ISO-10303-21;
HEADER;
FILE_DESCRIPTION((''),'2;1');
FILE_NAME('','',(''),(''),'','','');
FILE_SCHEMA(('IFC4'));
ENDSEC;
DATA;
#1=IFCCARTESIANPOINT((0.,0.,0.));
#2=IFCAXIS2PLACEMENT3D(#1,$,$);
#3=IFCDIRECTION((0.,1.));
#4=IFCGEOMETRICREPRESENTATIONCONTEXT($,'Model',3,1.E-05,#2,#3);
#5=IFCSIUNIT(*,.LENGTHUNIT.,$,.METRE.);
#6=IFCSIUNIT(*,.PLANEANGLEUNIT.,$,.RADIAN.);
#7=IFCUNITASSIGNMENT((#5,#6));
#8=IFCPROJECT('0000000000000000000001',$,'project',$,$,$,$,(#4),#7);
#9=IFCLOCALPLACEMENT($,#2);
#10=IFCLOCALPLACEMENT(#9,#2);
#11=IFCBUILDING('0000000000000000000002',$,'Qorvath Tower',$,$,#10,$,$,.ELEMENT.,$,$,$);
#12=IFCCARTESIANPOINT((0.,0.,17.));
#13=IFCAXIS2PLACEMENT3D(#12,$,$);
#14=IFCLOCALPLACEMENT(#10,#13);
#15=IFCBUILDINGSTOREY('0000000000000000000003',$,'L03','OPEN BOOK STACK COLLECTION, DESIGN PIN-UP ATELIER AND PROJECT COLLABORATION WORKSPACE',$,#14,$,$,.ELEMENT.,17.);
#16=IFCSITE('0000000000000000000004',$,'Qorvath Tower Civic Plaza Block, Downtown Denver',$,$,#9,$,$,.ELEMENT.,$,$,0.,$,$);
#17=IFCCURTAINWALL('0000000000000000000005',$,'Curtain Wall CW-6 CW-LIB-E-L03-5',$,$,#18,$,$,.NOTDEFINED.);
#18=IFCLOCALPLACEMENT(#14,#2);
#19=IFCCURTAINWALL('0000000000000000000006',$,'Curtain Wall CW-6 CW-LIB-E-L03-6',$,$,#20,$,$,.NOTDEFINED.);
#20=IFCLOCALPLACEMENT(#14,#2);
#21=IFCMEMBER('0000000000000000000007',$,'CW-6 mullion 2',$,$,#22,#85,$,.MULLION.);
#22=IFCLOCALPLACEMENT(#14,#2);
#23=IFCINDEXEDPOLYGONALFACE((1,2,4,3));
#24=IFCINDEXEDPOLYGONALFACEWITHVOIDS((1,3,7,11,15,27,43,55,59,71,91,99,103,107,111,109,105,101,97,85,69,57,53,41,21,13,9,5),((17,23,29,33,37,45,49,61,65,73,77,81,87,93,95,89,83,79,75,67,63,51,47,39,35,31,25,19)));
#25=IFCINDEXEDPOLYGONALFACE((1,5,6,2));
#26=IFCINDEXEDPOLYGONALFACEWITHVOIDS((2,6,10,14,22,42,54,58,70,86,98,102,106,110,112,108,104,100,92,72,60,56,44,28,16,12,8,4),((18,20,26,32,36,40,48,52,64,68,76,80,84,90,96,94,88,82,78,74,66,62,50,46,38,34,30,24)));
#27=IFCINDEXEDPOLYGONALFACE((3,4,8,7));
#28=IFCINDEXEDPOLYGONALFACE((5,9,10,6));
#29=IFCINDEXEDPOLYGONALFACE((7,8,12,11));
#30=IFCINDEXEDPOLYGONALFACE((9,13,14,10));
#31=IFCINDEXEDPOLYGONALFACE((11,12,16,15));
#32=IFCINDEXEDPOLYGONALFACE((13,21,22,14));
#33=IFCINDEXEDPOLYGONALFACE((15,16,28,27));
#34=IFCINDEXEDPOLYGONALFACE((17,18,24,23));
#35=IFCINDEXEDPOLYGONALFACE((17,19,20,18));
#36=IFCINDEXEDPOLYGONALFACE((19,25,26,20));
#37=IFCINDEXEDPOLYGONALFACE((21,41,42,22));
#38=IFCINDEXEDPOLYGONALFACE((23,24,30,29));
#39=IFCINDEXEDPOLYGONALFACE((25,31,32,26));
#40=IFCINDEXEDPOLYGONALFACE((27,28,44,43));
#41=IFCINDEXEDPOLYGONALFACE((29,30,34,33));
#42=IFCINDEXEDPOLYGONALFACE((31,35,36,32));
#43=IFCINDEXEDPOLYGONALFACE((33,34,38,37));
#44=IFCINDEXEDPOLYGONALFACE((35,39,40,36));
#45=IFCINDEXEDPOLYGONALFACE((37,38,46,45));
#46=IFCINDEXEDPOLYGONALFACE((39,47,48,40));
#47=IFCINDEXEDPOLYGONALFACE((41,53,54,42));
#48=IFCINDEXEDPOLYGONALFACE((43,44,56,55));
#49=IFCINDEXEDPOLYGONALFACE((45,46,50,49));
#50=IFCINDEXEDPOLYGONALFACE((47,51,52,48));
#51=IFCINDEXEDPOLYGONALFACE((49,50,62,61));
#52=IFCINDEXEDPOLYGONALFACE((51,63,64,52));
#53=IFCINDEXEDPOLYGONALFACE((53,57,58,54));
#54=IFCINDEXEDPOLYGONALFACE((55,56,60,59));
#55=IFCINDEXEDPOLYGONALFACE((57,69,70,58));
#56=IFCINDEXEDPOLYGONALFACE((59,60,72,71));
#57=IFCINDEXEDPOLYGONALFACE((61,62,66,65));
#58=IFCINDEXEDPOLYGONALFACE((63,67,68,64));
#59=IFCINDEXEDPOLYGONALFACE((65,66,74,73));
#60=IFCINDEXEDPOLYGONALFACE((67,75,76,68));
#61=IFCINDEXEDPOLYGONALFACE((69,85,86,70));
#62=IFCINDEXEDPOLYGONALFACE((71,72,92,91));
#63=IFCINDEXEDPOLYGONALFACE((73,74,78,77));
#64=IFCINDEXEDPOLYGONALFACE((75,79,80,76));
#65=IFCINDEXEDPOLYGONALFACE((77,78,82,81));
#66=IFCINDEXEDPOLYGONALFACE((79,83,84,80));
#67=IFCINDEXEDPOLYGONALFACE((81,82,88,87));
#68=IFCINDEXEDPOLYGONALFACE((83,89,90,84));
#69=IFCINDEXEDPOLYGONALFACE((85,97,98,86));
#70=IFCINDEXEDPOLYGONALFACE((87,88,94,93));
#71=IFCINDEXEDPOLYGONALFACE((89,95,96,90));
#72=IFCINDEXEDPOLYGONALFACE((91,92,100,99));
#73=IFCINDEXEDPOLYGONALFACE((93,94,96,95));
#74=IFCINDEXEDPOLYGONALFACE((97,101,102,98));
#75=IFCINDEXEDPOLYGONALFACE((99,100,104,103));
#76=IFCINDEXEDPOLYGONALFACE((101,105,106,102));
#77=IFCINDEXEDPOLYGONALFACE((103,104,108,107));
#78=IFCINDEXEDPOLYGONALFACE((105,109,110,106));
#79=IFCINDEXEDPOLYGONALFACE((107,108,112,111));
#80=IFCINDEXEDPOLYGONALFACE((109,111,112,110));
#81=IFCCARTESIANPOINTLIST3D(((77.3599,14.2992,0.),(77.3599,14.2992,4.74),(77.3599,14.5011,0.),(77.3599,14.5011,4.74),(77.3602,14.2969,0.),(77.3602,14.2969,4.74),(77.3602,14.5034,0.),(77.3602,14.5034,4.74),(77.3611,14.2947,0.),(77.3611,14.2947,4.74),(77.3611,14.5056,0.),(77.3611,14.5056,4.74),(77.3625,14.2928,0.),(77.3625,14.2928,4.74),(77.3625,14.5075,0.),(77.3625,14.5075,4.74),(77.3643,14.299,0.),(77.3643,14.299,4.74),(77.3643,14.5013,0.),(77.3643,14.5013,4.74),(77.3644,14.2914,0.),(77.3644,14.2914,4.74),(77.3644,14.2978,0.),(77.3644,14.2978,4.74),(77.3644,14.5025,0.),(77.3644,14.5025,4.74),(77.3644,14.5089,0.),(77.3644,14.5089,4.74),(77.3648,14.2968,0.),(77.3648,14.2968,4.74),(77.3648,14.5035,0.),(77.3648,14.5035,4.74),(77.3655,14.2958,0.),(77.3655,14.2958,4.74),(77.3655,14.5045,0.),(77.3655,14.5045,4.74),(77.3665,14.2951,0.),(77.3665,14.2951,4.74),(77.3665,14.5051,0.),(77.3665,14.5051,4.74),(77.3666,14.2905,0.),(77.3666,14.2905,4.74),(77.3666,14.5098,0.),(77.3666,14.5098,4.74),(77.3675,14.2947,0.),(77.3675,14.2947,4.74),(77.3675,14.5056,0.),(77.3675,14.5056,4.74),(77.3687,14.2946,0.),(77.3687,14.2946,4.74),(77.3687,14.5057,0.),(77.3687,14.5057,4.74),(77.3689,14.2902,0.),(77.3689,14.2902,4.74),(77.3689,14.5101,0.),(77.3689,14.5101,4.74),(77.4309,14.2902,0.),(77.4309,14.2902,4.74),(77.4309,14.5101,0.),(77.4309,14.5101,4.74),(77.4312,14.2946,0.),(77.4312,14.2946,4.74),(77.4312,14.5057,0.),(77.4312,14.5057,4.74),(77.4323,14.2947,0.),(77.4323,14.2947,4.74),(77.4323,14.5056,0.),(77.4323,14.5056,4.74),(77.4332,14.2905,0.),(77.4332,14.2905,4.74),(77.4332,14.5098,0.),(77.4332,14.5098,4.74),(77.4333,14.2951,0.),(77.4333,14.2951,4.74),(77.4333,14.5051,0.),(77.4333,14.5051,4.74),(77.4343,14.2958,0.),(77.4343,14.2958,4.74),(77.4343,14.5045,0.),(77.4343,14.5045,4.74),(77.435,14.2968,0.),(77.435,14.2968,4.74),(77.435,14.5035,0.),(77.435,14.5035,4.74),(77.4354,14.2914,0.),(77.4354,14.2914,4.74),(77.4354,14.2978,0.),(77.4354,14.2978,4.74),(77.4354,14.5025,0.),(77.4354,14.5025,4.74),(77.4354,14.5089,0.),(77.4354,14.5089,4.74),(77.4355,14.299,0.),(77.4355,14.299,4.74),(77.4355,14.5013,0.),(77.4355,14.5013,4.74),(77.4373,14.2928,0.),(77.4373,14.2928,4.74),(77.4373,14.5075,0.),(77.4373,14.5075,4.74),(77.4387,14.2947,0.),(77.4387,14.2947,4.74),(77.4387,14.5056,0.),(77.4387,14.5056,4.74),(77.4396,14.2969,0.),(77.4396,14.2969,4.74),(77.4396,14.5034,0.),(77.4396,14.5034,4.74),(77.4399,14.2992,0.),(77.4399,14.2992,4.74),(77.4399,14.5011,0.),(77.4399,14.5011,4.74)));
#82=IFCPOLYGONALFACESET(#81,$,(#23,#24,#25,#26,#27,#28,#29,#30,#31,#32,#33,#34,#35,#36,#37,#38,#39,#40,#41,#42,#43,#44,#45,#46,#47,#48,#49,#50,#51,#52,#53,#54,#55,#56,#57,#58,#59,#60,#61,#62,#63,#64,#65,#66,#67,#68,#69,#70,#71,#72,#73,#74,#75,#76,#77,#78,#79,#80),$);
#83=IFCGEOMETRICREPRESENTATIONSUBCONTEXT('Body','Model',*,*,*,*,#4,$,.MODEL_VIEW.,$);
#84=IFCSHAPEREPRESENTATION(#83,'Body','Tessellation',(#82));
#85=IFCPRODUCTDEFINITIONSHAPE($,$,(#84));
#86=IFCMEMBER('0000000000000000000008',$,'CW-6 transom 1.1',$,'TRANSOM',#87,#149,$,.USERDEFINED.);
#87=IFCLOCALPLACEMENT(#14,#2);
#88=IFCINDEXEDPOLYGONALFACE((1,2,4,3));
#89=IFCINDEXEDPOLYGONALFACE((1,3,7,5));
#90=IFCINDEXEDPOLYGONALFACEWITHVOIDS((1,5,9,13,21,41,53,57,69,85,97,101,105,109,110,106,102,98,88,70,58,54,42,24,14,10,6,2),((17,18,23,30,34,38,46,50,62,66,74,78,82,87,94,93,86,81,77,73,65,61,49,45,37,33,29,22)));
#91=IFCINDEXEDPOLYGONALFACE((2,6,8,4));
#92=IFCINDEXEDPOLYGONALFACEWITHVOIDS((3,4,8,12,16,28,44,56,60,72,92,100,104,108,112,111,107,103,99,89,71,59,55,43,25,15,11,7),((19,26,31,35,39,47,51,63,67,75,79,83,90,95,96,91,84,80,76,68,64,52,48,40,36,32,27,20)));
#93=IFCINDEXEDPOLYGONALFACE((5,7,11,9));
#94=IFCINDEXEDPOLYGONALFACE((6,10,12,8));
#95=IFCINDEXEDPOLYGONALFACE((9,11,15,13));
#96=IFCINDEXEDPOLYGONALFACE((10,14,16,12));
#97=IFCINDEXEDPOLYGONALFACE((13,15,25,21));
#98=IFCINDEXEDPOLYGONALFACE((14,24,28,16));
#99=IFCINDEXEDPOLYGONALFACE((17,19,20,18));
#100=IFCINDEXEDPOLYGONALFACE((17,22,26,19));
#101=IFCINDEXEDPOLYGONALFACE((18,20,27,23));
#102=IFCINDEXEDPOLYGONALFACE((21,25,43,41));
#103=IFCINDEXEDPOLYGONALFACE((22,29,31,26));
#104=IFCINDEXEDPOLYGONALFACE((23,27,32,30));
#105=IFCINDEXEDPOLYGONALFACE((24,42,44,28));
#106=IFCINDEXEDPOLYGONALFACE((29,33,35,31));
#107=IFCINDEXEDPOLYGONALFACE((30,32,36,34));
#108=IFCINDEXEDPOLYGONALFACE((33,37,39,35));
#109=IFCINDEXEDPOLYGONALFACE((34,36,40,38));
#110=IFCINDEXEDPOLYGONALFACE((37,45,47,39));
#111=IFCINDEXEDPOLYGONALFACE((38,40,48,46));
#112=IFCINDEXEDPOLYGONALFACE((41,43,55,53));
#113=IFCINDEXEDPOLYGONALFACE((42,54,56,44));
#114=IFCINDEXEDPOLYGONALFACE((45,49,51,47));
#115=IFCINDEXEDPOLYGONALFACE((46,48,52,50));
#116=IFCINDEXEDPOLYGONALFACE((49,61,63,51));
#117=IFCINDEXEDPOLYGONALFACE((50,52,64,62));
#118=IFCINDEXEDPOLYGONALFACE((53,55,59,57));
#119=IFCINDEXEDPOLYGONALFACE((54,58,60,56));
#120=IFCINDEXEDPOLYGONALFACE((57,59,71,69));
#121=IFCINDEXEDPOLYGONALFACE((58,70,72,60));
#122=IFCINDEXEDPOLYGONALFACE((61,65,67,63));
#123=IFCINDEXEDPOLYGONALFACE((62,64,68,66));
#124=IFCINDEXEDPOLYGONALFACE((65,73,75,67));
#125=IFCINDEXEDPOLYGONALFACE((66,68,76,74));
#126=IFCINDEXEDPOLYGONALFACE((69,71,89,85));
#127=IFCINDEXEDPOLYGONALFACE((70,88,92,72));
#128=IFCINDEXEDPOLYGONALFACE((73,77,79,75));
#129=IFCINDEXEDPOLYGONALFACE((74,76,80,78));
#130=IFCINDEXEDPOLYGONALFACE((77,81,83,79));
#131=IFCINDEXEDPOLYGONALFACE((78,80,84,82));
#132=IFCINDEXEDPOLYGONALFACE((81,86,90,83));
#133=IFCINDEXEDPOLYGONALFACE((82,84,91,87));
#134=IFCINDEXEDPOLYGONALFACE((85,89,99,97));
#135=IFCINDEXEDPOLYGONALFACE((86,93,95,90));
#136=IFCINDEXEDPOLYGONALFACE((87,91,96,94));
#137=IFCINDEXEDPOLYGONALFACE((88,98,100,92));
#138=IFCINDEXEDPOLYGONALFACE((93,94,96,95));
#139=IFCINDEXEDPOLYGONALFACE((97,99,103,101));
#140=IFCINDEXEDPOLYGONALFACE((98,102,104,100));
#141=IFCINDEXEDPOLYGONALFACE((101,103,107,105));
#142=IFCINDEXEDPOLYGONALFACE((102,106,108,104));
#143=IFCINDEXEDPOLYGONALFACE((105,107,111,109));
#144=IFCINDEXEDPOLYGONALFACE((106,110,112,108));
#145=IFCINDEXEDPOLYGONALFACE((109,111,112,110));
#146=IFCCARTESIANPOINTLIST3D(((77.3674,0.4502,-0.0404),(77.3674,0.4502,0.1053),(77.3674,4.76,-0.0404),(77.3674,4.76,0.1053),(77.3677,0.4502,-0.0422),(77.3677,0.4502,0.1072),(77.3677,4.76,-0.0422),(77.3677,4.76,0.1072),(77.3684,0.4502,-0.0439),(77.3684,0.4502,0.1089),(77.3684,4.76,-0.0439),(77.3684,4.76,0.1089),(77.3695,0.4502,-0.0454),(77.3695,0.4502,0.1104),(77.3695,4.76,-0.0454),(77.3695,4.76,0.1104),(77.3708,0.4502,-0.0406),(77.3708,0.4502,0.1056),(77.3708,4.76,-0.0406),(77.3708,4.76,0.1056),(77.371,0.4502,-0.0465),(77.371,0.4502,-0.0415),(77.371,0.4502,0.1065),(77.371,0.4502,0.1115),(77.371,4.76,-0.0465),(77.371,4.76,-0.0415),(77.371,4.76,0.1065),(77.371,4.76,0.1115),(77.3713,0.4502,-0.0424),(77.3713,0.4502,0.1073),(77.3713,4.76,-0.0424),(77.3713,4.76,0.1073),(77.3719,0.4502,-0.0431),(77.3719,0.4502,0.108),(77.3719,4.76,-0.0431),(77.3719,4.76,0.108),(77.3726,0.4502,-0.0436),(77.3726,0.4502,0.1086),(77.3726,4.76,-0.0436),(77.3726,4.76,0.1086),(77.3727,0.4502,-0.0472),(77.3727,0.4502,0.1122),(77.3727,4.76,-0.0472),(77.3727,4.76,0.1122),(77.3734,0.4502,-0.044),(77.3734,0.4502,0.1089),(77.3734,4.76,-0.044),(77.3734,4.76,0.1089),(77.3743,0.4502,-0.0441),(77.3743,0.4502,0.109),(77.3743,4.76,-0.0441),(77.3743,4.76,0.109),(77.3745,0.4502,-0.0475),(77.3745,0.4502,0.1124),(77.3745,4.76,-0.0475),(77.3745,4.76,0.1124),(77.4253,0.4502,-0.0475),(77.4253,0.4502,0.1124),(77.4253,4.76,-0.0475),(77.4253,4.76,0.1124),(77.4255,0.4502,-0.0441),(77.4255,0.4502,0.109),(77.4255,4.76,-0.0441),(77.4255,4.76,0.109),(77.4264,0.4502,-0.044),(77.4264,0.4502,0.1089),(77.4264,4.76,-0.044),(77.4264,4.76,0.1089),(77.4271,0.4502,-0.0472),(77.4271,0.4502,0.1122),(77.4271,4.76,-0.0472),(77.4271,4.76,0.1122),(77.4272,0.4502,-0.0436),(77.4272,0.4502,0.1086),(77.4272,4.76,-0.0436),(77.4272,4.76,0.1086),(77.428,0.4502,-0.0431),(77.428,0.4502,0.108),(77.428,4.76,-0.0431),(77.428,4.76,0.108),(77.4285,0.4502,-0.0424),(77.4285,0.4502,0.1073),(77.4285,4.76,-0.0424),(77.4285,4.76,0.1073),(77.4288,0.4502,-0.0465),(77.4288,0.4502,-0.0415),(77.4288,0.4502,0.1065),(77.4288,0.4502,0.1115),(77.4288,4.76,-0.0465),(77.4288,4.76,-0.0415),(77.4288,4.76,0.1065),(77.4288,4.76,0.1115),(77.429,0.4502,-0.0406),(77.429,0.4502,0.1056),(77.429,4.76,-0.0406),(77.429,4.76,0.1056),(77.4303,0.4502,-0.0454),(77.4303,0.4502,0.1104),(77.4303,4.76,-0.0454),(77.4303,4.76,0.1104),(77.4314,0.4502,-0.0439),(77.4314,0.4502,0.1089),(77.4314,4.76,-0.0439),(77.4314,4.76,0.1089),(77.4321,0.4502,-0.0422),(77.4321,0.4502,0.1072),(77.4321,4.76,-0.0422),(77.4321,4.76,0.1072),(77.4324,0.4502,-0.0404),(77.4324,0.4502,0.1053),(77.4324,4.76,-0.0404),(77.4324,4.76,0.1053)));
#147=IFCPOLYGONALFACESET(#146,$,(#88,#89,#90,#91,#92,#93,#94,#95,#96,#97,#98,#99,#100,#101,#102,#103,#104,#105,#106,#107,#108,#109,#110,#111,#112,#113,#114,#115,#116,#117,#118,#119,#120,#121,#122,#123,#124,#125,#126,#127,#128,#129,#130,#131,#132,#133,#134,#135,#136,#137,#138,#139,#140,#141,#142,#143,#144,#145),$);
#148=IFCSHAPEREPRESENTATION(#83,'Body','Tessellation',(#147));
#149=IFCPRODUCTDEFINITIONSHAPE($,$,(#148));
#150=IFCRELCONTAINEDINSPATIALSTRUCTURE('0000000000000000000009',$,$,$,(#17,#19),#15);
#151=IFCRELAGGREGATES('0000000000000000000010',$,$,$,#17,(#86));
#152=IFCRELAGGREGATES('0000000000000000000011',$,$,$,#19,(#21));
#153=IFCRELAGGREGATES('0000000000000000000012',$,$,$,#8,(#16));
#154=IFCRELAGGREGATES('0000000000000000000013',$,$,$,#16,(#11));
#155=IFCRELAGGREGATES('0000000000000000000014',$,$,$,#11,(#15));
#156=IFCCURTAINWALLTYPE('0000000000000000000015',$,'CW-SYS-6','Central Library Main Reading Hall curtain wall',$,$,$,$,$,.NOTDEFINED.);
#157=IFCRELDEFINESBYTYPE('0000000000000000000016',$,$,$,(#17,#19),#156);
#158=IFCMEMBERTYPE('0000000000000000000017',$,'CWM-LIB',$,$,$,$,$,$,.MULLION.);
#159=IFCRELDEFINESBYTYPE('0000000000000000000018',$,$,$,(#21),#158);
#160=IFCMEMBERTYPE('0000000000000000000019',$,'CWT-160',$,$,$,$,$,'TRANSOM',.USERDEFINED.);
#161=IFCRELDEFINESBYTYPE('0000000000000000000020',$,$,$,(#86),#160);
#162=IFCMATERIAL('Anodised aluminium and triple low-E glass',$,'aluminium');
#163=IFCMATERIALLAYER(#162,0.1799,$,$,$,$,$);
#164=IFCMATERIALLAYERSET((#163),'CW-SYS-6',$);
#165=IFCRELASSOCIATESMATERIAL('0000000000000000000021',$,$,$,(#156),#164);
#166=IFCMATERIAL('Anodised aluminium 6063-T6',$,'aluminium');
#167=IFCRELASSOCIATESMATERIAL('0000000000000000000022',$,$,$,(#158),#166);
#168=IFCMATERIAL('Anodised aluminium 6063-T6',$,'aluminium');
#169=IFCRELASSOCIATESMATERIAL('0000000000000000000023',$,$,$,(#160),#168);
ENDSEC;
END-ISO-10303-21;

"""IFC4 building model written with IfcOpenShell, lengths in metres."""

from ifc_helpers import new_model, si_unit, direction, frame, origin, origin_2d, place, context, subcontext, project, spatial, hollow_rectangle, extrude, material, layer, layer_set, material_profile, profile_set, type_object, element, aggregate, save


model = new_model("IFC4")

# Units and contexts
model_context = context("Model", 3, precision=1e-05, world=origin(), true_north=direction((0.0, 1.0)))
body_context = subcontext(model_context, "Body", "Model", "MODEL_VIEW")
ifc_project = project(units=[si_unit("LENGTHUNIT", "METRE"), si_unit("PLANEANGLEUNIT", "RADIAN")], contexts=[model_context])

# Site, building, storey
site_placement = place(None, origin())
site = spatial("IfcSite", under=ifc_project, at=site_placement, Name="Qorvath Tower Civic Plaza Block, Downtown Denver", CompositionType="ELEMENT", RefElevation=0.0)
building_placement = place(site_placement, origin())
building = spatial("IfcBuilding", under=site, at=building_placement, Name="Qorvath Tower", CompositionType="ELEMENT")
storey_placement = place(building_placement, frame((0.0, 0.0, 17.0)))
storey = spatial("IfcBuildingStorey", under=building, at=storey_placement, Name="L03", Description="OPEN BOOK STACK COLLECTION, DESIGN PIN-UP ATELIER AND PROJECT COLLABORATION WORKSPACE", CompositionType="ELEMENT", Elevation=17.0)

# Curtain walls, member
ifc_material_1 = material(Name="Anodised aluminium and triple low-E glass", Category="aluminium")
ifc_layer_1 = layer(ifc_material_1, 0.1799)
ifc_layer_set_1 = layer_set([ifc_layer_1], Name="CW-SYS-6")
curtain_wall_type = type_object("IfcCurtainWallType", Name="CW-SYS-6", Description="Central Library Main Reading Hall curtain wall", PredefinedType="NOTDEFINED", material=ifc_layer_set_1)
curtain_wall_1_placement = place(storey_placement, origin())
curtain_wall_1 = element("IfcCurtainWall", 1, at=curtain_wall_1_placement, inside=storey, type_object=curtain_wall_type, Name="Curtain Wall CW-6 CW-LIB-E-L03-5", PredefinedType="NOTDEFINED")
ifc_material_2 = material(Name="Anodised aluminium 6063-T6", Category="aluminium")
ifc_material_profile_1 = material_profile(ifc_material_2, hollow_rectangle(XDim=0.0801, YDim=0.22, WallThickness=0.0044, InnerFilletRadius=0.0044, OuterFilletRadius=0.009, at=origin_2d()), Name="CWM LIB 220x80")
ifc_profile_set_1 = profile_set([ifc_material_profile_1], Name="Anodised aluminium 6063-T6")
member_type_1 = type_object("IfcMemberType", Name="CWM-LIB", PredefinedType="MULLION", material=ifc_profile_set_1)
curtain_wall_2_placement = place(storey_placement, origin())
curtain_wall_2 = element("IfcCurtainWall", 2, at=curtain_wall_2_placement, inside=storey, type_object=curtain_wall_type, Name="Curtain Wall CW-6 CW-LIB-E-L03-6", PredefinedType="NOTDEFINED")
member_1_placement = place(storey_placement, frame((77.3999, 14.4001, 0.0), z_axis=(0.0, 0.0, 1.0), x_axis=(-1.0, 0.0, 0.0)))
member_1 = element("IfcMember", 3, at=member_1_placement, type_object=member_type_1, Name="CW-6 mullion 2", PredefinedType="MULLION", context=body_context, shape_type="SweptSolid", body=[
    extrude(hollow_rectangle(XDim=0.0801, YDim=0.22, WallThickness=0.0044, InnerFilletRadius=0.0044, OuterFilletRadius=0.009, at=origin_2d()), origin(), (0.0, 0.0, 1.0), 4.74),
])

# Member
ifc_material_3 = material(Name="Anodised aluminium 6063-T6", Category="aluminium")
ifc_material_profile_2 = material_profile(ifc_material_3, hollow_rectangle(XDim=0.0649, YDim=0.1599, WallThickness=0.0034, InnerFilletRadius=0.0034, OuterFilletRadius=0.0071, at=origin_2d()), Name="CWT 160x65")
ifc_profile_set_2 = profile_set([ifc_material_profile_2], Name="Anodised aluminium 6063-T6")
member_type_2 = type_object("IfcMemberType", Name="CWT-160", ElementType="TRANSOM", PredefinedType="USERDEFINED", material=ifc_profile_set_2)
member_2_placement = place(storey_placement, frame((77.3999, 0.4502, 0.0325), z_axis=(0.0, 1.0, 0.0), x_axis=(-1.0, 0.0, 0.0)))
member_2 = element("IfcMember", 4, at=member_2_placement, type_object=member_type_2, Name="CW-6 transom 1.1", ObjectType="TRANSOM", PredefinedType="USERDEFINED", context=body_context, shape_type="SweptSolid", body=[
    extrude(hollow_rectangle(XDim=0.0649, YDim=0.1599, WallThickness=0.0034, InnerFilletRadius=0.0034, OuterFilletRadius=0.0071, at=origin_2d()), origin(), (0.0, 0.0, 1.0), 4.3098),
])

aggregate(curtain_wall_1, [member_2])
aggregate(curtain_wall_2, [member_1])

save(model, "model.ifc")
